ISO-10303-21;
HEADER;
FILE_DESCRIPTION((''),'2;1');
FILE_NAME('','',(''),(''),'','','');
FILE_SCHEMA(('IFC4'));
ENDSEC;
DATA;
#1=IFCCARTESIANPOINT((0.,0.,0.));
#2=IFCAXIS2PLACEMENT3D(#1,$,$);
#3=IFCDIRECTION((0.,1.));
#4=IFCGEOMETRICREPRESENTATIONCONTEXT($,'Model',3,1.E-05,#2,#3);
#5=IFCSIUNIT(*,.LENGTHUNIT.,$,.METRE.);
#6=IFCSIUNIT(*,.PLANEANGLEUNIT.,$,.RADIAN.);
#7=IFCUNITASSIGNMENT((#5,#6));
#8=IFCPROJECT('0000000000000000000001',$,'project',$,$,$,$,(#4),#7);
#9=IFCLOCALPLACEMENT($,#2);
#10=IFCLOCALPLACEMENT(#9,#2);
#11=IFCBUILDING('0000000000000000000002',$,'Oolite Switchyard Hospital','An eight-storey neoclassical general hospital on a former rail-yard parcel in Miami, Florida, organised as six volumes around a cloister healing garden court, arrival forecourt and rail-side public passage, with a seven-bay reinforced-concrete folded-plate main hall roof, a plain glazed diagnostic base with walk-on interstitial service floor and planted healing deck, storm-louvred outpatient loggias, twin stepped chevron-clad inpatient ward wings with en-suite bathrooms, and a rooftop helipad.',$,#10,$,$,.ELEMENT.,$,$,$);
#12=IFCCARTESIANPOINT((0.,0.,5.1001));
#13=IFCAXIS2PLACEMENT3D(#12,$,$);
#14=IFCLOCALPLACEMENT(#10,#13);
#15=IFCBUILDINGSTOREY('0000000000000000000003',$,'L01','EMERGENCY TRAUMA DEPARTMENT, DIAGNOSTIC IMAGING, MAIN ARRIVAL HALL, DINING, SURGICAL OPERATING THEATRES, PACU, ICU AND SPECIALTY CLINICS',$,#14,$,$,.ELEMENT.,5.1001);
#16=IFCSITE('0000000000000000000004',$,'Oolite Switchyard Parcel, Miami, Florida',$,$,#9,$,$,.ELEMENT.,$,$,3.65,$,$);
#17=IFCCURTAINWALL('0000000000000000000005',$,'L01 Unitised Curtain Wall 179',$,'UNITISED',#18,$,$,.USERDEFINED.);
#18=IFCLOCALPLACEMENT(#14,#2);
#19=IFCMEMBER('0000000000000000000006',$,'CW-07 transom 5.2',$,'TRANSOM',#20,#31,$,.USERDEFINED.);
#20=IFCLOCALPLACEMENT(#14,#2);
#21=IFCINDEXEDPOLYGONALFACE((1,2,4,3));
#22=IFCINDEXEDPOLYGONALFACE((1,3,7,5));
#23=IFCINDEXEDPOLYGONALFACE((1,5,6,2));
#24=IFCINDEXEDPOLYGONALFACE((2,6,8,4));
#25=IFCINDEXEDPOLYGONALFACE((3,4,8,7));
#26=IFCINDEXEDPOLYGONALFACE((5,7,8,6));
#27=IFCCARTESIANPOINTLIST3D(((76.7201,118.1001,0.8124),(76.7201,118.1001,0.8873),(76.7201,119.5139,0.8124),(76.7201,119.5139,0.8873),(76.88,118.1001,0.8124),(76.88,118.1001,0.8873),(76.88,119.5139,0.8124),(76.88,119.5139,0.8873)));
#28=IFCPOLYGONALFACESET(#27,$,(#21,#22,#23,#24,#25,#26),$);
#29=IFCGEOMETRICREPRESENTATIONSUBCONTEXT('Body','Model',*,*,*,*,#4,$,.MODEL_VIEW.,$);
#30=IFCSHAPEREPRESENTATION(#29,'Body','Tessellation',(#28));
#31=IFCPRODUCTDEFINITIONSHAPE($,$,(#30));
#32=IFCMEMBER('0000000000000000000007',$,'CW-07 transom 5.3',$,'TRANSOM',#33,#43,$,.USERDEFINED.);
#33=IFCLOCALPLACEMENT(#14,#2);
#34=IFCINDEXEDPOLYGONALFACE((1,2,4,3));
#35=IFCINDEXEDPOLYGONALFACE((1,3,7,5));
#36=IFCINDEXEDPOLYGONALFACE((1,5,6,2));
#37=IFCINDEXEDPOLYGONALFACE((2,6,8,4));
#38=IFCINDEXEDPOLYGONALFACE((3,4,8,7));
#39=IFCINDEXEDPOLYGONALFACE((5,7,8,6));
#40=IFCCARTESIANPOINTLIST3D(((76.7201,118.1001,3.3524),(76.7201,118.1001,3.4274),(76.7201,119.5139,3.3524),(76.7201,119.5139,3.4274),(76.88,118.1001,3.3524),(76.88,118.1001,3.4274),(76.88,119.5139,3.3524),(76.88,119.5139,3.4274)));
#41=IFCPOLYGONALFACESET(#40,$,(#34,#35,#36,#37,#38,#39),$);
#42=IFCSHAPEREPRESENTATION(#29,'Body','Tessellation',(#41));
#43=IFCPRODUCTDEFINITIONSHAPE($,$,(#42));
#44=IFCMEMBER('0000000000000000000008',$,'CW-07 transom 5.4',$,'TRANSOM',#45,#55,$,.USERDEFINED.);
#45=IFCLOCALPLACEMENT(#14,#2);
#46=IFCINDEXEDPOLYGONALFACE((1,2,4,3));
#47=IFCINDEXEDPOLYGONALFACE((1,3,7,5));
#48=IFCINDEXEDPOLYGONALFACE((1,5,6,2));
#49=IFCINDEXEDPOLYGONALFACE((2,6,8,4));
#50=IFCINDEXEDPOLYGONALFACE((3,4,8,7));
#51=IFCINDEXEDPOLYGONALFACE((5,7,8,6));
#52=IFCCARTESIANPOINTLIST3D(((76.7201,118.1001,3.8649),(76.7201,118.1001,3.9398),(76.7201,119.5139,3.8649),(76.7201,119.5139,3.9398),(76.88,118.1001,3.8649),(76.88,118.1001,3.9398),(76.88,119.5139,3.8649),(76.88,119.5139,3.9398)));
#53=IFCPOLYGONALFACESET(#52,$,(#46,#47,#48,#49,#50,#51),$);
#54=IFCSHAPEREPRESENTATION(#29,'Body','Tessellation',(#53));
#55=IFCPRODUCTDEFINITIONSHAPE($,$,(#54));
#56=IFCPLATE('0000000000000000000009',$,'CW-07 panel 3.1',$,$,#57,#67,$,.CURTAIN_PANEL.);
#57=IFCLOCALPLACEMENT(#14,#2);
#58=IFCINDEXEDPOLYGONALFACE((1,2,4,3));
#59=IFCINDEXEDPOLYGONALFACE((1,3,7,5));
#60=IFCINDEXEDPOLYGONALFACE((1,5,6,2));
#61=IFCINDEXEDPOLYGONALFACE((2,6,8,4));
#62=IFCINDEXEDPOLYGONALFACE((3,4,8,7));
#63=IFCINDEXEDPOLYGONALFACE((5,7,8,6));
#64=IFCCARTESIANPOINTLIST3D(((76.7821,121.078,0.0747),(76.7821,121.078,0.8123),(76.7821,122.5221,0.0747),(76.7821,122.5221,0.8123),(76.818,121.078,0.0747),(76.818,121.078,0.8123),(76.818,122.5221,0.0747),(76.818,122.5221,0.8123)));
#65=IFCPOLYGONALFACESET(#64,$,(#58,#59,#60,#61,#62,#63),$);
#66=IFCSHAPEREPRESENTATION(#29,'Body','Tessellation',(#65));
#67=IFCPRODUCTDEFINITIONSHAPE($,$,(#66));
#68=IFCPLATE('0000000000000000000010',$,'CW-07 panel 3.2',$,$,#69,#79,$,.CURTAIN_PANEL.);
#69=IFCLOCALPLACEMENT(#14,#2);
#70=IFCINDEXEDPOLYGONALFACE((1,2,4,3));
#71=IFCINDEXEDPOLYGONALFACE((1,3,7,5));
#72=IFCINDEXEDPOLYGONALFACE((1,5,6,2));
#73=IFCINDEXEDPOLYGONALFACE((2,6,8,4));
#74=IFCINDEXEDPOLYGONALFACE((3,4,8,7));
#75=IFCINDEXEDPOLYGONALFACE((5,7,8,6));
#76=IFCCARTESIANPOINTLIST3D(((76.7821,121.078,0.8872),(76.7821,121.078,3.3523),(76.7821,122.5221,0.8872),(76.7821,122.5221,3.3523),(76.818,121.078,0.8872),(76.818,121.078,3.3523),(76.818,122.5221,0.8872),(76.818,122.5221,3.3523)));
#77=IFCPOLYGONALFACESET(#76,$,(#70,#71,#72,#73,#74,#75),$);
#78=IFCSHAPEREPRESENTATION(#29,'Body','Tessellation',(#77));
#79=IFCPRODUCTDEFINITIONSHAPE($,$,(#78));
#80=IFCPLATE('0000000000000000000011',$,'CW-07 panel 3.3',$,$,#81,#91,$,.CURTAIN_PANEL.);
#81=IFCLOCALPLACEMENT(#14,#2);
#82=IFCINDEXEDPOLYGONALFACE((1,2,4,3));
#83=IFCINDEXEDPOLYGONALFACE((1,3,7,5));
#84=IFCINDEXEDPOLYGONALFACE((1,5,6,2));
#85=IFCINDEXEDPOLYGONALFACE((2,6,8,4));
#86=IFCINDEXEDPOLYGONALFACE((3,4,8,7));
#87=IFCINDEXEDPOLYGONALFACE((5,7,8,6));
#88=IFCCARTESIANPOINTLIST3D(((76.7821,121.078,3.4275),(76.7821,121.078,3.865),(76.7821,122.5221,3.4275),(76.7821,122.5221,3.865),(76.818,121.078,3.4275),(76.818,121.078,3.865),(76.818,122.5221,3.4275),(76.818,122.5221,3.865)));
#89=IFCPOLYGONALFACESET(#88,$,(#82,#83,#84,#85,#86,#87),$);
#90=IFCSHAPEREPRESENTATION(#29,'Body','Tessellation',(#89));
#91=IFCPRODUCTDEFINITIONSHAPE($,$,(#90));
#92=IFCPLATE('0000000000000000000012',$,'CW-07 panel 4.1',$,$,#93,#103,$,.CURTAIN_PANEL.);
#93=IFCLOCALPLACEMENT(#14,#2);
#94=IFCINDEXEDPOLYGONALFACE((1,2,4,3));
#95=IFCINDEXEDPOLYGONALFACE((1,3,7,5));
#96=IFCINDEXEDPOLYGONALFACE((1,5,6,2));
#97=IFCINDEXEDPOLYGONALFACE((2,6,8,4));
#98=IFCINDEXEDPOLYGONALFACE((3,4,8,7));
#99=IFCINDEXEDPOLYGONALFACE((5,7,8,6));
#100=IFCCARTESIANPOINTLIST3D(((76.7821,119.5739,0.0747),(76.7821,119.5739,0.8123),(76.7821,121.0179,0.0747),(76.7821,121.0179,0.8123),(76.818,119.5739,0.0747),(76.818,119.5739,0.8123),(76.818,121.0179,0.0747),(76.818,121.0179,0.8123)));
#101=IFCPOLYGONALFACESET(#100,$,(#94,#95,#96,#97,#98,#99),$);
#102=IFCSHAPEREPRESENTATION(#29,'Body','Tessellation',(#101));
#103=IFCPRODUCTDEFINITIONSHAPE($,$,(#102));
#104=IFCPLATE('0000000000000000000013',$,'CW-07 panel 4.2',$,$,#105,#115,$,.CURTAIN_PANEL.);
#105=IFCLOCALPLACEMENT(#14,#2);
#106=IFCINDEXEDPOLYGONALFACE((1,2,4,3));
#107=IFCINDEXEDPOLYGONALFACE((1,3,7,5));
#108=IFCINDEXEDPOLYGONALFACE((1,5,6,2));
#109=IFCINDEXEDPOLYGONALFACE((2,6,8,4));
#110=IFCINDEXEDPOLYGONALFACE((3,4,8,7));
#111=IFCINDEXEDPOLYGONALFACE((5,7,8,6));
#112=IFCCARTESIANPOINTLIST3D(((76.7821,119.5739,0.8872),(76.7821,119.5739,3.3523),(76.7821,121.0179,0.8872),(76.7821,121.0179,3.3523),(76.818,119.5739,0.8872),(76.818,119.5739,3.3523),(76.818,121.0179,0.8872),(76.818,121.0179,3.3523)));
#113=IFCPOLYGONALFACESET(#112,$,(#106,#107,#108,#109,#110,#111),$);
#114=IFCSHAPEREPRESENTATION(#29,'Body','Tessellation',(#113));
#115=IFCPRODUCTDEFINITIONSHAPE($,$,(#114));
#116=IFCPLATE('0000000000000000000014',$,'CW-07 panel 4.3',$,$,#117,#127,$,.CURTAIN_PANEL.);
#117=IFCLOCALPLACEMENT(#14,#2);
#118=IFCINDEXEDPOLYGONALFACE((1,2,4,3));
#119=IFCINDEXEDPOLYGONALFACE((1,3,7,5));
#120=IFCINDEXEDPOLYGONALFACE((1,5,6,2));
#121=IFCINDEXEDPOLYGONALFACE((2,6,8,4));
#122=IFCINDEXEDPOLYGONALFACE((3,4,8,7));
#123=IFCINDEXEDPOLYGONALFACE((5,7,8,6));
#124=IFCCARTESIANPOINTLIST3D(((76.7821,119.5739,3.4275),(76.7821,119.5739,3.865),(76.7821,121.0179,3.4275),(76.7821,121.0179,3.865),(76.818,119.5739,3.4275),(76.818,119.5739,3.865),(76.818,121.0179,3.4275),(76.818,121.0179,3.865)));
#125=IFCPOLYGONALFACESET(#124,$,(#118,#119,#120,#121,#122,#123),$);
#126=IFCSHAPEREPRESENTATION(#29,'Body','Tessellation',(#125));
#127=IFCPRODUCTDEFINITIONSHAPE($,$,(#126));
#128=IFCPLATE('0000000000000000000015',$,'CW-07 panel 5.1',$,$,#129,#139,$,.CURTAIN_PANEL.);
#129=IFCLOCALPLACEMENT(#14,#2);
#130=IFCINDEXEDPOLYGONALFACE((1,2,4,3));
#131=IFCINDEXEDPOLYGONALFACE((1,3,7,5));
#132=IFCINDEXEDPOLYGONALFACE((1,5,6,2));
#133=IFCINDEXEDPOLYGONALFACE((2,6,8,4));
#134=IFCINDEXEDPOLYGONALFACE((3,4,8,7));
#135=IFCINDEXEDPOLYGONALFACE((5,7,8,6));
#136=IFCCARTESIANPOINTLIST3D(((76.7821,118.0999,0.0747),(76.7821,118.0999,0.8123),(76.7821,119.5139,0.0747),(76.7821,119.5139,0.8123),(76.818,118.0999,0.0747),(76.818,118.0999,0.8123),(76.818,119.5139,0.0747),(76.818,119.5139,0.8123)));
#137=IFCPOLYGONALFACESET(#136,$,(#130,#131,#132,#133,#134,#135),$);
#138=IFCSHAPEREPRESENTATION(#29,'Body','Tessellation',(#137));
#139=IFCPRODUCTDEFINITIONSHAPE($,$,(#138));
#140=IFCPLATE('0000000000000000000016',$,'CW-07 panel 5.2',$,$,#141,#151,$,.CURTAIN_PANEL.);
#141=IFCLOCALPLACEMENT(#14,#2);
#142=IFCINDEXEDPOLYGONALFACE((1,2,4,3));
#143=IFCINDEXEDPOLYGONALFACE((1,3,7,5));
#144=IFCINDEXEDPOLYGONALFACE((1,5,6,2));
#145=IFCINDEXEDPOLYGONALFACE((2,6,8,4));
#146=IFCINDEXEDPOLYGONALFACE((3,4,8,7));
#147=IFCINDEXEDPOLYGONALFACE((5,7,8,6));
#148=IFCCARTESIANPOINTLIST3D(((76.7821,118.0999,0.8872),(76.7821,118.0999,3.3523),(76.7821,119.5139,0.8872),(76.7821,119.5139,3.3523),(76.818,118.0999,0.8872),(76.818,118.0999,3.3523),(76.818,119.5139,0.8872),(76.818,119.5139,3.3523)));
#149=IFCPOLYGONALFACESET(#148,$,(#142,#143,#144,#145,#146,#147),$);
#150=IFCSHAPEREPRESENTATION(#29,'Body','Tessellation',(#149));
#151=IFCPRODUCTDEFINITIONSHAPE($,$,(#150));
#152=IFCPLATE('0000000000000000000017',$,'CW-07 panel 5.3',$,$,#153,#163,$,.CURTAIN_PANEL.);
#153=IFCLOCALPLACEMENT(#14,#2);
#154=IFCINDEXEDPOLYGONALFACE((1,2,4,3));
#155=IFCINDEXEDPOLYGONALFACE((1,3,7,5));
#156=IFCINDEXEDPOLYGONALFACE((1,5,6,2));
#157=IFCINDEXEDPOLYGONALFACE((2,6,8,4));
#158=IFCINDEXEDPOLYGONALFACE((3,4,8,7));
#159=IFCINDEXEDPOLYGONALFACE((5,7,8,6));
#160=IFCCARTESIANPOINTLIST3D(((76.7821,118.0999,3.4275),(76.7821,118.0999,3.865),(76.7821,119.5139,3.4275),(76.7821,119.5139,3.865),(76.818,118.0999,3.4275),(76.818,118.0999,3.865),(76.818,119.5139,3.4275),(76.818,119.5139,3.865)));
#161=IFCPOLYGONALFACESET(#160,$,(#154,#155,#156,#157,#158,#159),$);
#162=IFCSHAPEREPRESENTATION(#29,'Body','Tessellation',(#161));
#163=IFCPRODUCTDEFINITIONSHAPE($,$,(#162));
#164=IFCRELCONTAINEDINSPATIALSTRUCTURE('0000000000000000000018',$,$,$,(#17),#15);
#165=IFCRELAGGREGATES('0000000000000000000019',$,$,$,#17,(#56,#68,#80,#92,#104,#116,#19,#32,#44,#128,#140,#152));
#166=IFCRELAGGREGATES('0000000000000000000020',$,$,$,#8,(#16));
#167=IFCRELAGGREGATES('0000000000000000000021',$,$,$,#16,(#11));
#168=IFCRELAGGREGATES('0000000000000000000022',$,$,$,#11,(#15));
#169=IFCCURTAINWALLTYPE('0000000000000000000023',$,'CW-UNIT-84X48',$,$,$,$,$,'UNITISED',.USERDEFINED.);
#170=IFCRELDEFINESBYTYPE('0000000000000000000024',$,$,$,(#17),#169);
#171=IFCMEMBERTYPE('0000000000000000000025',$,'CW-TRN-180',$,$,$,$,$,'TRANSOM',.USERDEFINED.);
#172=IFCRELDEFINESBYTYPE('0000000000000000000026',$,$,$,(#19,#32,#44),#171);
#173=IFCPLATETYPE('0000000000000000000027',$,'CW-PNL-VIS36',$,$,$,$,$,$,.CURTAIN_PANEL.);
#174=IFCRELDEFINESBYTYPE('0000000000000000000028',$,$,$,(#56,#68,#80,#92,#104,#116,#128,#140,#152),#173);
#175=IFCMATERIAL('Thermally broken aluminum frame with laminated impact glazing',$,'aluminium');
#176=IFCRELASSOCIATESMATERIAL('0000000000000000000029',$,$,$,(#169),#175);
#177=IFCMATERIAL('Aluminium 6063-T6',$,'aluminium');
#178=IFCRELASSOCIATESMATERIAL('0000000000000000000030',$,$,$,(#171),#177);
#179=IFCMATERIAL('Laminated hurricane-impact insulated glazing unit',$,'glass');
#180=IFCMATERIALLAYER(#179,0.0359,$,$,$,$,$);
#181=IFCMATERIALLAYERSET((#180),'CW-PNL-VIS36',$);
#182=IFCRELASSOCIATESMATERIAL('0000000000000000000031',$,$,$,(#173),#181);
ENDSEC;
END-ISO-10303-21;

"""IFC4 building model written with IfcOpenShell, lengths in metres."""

from ifc_helpers import new_model, si_unit, direction, frame, origin, origin_2d, place, context, subcontext, project, spatial, rectangle, extrude, material, layer, layer_set, material_profile, profile_set, type_object, element, aggregate, save


model = new_model("IFC4")

# Units and contexts
model_context = context("Model", 3, precision=1e-05, world=origin(), true_north=direction((0.0, 1.0)))
body_context = subcontext(model_context, "Body", "Model", "MODEL_VIEW")
ifc_project = project(units=[si_unit("LENGTHUNIT", "METRE"), si_unit("PLANEANGLEUNIT", "RADIAN")], contexts=[model_context])

# Site, building, storey
site_placement = place(None, origin())
site = spatial("IfcSite", under=ifc_project, at=site_placement, Name="Oolite Switchyard Parcel, Miami, Florida", CompositionType="ELEMENT", RefElevation=3.65)
building_placement = place(site_placement, origin())
building = spatial("IfcBuilding", under=site, at=building_placement, Name="Oolite Switchyard Hospital", Description="An eight-storey neoclassical general hospital on a former rail-yard parcel in Miami, Florida, organised as six volumes around a cloister healing garden court, arrival forecourt and rail-side public passage, with a seven-bay reinforced-concrete folded-plate main hall roof, a plain glazed diagnostic base with walk-on interstitial service floor and planted healing deck, storm-louvred outpatient loggias, twin stepped chevron-clad inpatient ward wings with en-suite bathrooms, and a rooftop helipad.", CompositionType="ELEMENT")
storey_placement = place(building_placement, frame((0.0, 0.0, 5.1001)))
storey = spatial("IfcBuildingStorey", under=building, at=storey_placement, Name="L01", Description="EMERGENCY TRAUMA DEPARTMENT, DIAGNOSTIC IMAGING, MAIN ARRIVAL HALL, DINING, SURGICAL OPERATING THEATRES, PACU, ICU AND SPECIALTY CLINICS", CompositionType="ELEMENT", Elevation=5.1001)

# Curtain wall, members, plates
ifc_material_1 = material(Name="Thermally broken aluminum frame with laminated impact glazing", Category="aluminium")
curtain_wall_type = type_object("IfcCurtainWallType", Name="CW-UNIT-84X48", ElementType="UNITISED", PredefinedType="USERDEFINED", material=ifc_material_1)
curtain_wall_placement = place(storey_placement, origin())
curtain_wall = element("IfcCurtainWall", 1, at=curtain_wall_placement, inside=storey, type_object=curtain_wall_type, Name="L01 Unitised Curtain Wall 179", ObjectType="UNITISED", PredefinedType="USERDEFINED")
ifc_material_2 = material(Name="Aluminium 6063-T6", Category="aluminium")
ifc_material_profile_1 = material_profile(ifc_material_2, rectangle(XDim=0.1599, YDim=0.075, at=origin_2d()), Name="CWT75X160")
ifc_profile_set_1 = profile_set([ifc_material_profile_1], Name="Aluminium 6063-T6")
member_type_1 = type_object("IfcMemberType", Name="CW-TRN-180", ElementType="TRANSOM", PredefinedType="USERDEFINED", material=ifc_profile_set_1)
member_1_placement = place(storey_placement, frame((76.8, 119.5139, 0.8499), z_axis=(0.0, -1.0, 0.0), x_axis=(1.0, 0.0, 0.0)))
member_1 = element("IfcMember", 2, at=member_1_placement, type_object=member_type_1, Name="CW-07 transom 5.2", ObjectType="TRANSOM", PredefinedType="USERDEFINED", context=body_context, shape_type="SweptSolid", body=[
    extrude(rectangle(XDim=0.1599, YDim=0.075, at=origin_2d()), origin(), (0.0, 0.0, 1.0), 1.4138),
])
member_2_placement = place(storey_placement, frame((76.8, 119.5139, 3.3899), z_axis=(0.0, -1.0, 0.0), x_axis=(1.0, 0.0, 0.0)))
member_2 = element("IfcMember", 3, at=member_2_placement, type_object=member_type_1, Name="CW-07 transom 5.3", ObjectType="TRANSOM", PredefinedType="USERDEFINED", context=body_context, shape_type="SweptSolid", body=[
    extrude(rectangle(XDim=0.1599, YDim=0.075, at=origin_2d()), origin(), (0.0, 0.0, 1.0), 1.4138),
])
member_3_placement = place(storey_placement, frame((76.8, 119.5139, 3.9023), z_axis=(0.0, -1.0, 0.0), x_axis=(1.0, 0.0, 0.0)))
member_3 = element("IfcMember", 4, at=member_3_placement, type_object=member_type_1, Name="CW-07 transom 5.4", ObjectType="TRANSOM", PredefinedType="USERDEFINED", context=body_context, shape_type="SweptSolid", body=[
    extrude(rectangle(XDim=0.1599, YDim=0.075, at=origin_2d()), origin(), (0.0, 0.0, 1.0), 1.4138),
])
ifc_material_3 = material(Name="Laminated hurricane-impact insulated glazing unit", Category="glass")
ifc_layer = layer(ifc_material_3, 0.0359)
ifc_layer_set = layer_set([ifc_layer], Name="CW-PNL-VIS36")
plate_type = type_object("IfcPlateType", Name="CW-PNL-VIS36", PredefinedType="CURTAIN_PANEL", material=ifc_layer_set)
plate_1_placement = place(storey_placement, frame((76.8, 121.8, 0.0747), z_axis=(0.0, 0.0, 1.0), x_axis=(0.0, -1.0, 0.0)))
plate_1 = element("IfcPlate", 5, at=plate_1_placement, type_object=plate_type, Name="CW-07 panel 3.1", PredefinedType="CURTAIN_PANEL", context=body_context, shape_type="SweptSolid", body=[
    extrude(rectangle(XDim=1.4441, YDim=0.0359, at=origin_2d()), origin(), (0.0, 0.0, 1.0), 0.7375),
])
plate_2_placement = place(storey_placement, frame((76.8, 121.8, 0.8872), z_axis=(0.0, 0.0, 1.0), x_axis=(0.0, -1.0, 0.0)))
plate_2 = element("IfcPlate", 6, at=plate_2_placement, type_object=plate_type, Name="CW-07 panel 3.2", PredefinedType="CURTAIN_PANEL", context=body_context, shape_type="SweptSolid", body=[
    extrude(rectangle(XDim=1.4441, YDim=0.0359, at=origin_2d()), origin(), (0.0, 0.0, 1.0), 2.4651),
])
plate_3_placement = place(storey_placement, frame((76.8, 121.8, 3.4275), z_axis=(0.0, 0.0, 1.0), x_axis=(0.0, -1.0, 0.0)))
plate_3 = element("IfcPlate", 7, at=plate_3_placement, type_object=plate_type, Name="CW-07 panel 3.3", PredefinedType="CURTAIN_PANEL", context=body_context, shape_type="SweptSolid", body=[
    extrude(rectangle(XDim=1.4441, YDim=0.0359, at=origin_2d()), origin(), (0.0, 0.0, 1.0), 0.4375),
])
plate_4_placement = place(storey_placement, frame((76.8, 120.2959, 0.0747), z_axis=(0.0, 0.0, 1.0), x_axis=(0.0, -1.0, 0.0)))
plate_4 = element("IfcPlate", 8, at=plate_4_placement, type_object=plate_type, Name="CW-07 panel 4.1", PredefinedType="CURTAIN_PANEL", context=body_context, shape_type="SweptSolid", body=[
    extrude(rectangle(XDim=1.4441, YDim=0.0359, at=origin_2d()), origin(), (0.0, 0.0, 1.0), 0.7375),
])
plate_5_placement = place(storey_placement, frame((76.8, 120.2959, 0.8872), z_axis=(0.0, 0.0, 1.0), x_axis=(0.0, -1.0, 0.0)))
plate_5 = element("IfcPlate", 9, at=plate_5_placement, type_object=plate_type, Name="CW-07 panel 4.2", PredefinedType="CURTAIN_PANEL", context=body_context, shape_type="SweptSolid", body=[
    extrude(rectangle(XDim=1.4441, YDim=0.0359, at=origin_2d()), origin(), (0.0, 0.0, 1.0), 2.4651),
])
plate_6_placement = place(storey_placement, frame((76.8, 120.2959, 3.4275), z_axis=(0.0, 0.0, 1.0), x_axis=(0.0, -1.0, 0.0)))
plate_6 = element("IfcPlate", 10, at=plate_6_placement, type_object=plate_type, Name="CW-07 panel 4.3", PredefinedType="CURTAIN_PANEL", context=body_context, shape_type="SweptSolid", body=[
    extrude(rectangle(XDim=1.4441, YDim=0.0359, at=origin_2d()), origin(), (0.0, 0.0, 1.0), 0.4375),
])
plate_7_placement = place(storey_placement, frame((76.8, 118.8069, 0.0747), z_axis=(0.0, 0.0, 1.0), x_axis=(0.0, -1.0, 0.0)))
plate_7 = element("IfcPlate", 11, at=plate_7_placement, type_object=plate_type, Name="CW-07 panel 5.1", PredefinedType="CURTAIN_PANEL", context=body_context, shape_type="SweptSolid", body=[
    extrude(rectangle(XDim=1.4141, YDim=0.0359, at=origin_2d()), origin(), (0.0, 0.0, 1.0), 0.7375),
])
plate_8_placement = place(storey_placement, frame((76.8, 118.8069, 0.8872), z_axis=(0.0, 0.0, 1.0), x_axis=(0.0, -1.0, 0.0)))
plate_8 = element("IfcPlate", 12, at=plate_8_placement, type_object=plate_type, Name="CW-07 panel 5.2", PredefinedType="CURTAIN_PANEL", context=body_context, shape_type="SweptSolid", body=[
    extrude(rectangle(XDim=1.4141, YDim=0.0359, at=origin_2d()), origin(), (0.0, 0.0, 1.0), 2.4651),
])
plate_9_placement = place(storey_placement, frame((76.8, 118.8069, 3.4275), z_axis=(0.0, 0.0, 1.0), x_axis=(0.0, -1.0, 0.0)))
plate_9 = element("IfcPlate", 13, at=plate_9_placement, type_object=plate_type, Name="CW-07 panel 5.3", PredefinedType="CURTAIN_PANEL", context=body_context, shape_type="SweptSolid", body=[
    extrude(rectangle(XDim=1.4141, YDim=0.0359, at=origin_2d()), origin(), (0.0, 0.0, 1.0), 0.4375),
])
aggregate(curtain_wall, [plate_1, plate_2, plate_3, plate_4, plate_5, plate_6, member_1, member_2, member_3, plate_7, plate_8, plate_9])

save(model, "model.ifc")
